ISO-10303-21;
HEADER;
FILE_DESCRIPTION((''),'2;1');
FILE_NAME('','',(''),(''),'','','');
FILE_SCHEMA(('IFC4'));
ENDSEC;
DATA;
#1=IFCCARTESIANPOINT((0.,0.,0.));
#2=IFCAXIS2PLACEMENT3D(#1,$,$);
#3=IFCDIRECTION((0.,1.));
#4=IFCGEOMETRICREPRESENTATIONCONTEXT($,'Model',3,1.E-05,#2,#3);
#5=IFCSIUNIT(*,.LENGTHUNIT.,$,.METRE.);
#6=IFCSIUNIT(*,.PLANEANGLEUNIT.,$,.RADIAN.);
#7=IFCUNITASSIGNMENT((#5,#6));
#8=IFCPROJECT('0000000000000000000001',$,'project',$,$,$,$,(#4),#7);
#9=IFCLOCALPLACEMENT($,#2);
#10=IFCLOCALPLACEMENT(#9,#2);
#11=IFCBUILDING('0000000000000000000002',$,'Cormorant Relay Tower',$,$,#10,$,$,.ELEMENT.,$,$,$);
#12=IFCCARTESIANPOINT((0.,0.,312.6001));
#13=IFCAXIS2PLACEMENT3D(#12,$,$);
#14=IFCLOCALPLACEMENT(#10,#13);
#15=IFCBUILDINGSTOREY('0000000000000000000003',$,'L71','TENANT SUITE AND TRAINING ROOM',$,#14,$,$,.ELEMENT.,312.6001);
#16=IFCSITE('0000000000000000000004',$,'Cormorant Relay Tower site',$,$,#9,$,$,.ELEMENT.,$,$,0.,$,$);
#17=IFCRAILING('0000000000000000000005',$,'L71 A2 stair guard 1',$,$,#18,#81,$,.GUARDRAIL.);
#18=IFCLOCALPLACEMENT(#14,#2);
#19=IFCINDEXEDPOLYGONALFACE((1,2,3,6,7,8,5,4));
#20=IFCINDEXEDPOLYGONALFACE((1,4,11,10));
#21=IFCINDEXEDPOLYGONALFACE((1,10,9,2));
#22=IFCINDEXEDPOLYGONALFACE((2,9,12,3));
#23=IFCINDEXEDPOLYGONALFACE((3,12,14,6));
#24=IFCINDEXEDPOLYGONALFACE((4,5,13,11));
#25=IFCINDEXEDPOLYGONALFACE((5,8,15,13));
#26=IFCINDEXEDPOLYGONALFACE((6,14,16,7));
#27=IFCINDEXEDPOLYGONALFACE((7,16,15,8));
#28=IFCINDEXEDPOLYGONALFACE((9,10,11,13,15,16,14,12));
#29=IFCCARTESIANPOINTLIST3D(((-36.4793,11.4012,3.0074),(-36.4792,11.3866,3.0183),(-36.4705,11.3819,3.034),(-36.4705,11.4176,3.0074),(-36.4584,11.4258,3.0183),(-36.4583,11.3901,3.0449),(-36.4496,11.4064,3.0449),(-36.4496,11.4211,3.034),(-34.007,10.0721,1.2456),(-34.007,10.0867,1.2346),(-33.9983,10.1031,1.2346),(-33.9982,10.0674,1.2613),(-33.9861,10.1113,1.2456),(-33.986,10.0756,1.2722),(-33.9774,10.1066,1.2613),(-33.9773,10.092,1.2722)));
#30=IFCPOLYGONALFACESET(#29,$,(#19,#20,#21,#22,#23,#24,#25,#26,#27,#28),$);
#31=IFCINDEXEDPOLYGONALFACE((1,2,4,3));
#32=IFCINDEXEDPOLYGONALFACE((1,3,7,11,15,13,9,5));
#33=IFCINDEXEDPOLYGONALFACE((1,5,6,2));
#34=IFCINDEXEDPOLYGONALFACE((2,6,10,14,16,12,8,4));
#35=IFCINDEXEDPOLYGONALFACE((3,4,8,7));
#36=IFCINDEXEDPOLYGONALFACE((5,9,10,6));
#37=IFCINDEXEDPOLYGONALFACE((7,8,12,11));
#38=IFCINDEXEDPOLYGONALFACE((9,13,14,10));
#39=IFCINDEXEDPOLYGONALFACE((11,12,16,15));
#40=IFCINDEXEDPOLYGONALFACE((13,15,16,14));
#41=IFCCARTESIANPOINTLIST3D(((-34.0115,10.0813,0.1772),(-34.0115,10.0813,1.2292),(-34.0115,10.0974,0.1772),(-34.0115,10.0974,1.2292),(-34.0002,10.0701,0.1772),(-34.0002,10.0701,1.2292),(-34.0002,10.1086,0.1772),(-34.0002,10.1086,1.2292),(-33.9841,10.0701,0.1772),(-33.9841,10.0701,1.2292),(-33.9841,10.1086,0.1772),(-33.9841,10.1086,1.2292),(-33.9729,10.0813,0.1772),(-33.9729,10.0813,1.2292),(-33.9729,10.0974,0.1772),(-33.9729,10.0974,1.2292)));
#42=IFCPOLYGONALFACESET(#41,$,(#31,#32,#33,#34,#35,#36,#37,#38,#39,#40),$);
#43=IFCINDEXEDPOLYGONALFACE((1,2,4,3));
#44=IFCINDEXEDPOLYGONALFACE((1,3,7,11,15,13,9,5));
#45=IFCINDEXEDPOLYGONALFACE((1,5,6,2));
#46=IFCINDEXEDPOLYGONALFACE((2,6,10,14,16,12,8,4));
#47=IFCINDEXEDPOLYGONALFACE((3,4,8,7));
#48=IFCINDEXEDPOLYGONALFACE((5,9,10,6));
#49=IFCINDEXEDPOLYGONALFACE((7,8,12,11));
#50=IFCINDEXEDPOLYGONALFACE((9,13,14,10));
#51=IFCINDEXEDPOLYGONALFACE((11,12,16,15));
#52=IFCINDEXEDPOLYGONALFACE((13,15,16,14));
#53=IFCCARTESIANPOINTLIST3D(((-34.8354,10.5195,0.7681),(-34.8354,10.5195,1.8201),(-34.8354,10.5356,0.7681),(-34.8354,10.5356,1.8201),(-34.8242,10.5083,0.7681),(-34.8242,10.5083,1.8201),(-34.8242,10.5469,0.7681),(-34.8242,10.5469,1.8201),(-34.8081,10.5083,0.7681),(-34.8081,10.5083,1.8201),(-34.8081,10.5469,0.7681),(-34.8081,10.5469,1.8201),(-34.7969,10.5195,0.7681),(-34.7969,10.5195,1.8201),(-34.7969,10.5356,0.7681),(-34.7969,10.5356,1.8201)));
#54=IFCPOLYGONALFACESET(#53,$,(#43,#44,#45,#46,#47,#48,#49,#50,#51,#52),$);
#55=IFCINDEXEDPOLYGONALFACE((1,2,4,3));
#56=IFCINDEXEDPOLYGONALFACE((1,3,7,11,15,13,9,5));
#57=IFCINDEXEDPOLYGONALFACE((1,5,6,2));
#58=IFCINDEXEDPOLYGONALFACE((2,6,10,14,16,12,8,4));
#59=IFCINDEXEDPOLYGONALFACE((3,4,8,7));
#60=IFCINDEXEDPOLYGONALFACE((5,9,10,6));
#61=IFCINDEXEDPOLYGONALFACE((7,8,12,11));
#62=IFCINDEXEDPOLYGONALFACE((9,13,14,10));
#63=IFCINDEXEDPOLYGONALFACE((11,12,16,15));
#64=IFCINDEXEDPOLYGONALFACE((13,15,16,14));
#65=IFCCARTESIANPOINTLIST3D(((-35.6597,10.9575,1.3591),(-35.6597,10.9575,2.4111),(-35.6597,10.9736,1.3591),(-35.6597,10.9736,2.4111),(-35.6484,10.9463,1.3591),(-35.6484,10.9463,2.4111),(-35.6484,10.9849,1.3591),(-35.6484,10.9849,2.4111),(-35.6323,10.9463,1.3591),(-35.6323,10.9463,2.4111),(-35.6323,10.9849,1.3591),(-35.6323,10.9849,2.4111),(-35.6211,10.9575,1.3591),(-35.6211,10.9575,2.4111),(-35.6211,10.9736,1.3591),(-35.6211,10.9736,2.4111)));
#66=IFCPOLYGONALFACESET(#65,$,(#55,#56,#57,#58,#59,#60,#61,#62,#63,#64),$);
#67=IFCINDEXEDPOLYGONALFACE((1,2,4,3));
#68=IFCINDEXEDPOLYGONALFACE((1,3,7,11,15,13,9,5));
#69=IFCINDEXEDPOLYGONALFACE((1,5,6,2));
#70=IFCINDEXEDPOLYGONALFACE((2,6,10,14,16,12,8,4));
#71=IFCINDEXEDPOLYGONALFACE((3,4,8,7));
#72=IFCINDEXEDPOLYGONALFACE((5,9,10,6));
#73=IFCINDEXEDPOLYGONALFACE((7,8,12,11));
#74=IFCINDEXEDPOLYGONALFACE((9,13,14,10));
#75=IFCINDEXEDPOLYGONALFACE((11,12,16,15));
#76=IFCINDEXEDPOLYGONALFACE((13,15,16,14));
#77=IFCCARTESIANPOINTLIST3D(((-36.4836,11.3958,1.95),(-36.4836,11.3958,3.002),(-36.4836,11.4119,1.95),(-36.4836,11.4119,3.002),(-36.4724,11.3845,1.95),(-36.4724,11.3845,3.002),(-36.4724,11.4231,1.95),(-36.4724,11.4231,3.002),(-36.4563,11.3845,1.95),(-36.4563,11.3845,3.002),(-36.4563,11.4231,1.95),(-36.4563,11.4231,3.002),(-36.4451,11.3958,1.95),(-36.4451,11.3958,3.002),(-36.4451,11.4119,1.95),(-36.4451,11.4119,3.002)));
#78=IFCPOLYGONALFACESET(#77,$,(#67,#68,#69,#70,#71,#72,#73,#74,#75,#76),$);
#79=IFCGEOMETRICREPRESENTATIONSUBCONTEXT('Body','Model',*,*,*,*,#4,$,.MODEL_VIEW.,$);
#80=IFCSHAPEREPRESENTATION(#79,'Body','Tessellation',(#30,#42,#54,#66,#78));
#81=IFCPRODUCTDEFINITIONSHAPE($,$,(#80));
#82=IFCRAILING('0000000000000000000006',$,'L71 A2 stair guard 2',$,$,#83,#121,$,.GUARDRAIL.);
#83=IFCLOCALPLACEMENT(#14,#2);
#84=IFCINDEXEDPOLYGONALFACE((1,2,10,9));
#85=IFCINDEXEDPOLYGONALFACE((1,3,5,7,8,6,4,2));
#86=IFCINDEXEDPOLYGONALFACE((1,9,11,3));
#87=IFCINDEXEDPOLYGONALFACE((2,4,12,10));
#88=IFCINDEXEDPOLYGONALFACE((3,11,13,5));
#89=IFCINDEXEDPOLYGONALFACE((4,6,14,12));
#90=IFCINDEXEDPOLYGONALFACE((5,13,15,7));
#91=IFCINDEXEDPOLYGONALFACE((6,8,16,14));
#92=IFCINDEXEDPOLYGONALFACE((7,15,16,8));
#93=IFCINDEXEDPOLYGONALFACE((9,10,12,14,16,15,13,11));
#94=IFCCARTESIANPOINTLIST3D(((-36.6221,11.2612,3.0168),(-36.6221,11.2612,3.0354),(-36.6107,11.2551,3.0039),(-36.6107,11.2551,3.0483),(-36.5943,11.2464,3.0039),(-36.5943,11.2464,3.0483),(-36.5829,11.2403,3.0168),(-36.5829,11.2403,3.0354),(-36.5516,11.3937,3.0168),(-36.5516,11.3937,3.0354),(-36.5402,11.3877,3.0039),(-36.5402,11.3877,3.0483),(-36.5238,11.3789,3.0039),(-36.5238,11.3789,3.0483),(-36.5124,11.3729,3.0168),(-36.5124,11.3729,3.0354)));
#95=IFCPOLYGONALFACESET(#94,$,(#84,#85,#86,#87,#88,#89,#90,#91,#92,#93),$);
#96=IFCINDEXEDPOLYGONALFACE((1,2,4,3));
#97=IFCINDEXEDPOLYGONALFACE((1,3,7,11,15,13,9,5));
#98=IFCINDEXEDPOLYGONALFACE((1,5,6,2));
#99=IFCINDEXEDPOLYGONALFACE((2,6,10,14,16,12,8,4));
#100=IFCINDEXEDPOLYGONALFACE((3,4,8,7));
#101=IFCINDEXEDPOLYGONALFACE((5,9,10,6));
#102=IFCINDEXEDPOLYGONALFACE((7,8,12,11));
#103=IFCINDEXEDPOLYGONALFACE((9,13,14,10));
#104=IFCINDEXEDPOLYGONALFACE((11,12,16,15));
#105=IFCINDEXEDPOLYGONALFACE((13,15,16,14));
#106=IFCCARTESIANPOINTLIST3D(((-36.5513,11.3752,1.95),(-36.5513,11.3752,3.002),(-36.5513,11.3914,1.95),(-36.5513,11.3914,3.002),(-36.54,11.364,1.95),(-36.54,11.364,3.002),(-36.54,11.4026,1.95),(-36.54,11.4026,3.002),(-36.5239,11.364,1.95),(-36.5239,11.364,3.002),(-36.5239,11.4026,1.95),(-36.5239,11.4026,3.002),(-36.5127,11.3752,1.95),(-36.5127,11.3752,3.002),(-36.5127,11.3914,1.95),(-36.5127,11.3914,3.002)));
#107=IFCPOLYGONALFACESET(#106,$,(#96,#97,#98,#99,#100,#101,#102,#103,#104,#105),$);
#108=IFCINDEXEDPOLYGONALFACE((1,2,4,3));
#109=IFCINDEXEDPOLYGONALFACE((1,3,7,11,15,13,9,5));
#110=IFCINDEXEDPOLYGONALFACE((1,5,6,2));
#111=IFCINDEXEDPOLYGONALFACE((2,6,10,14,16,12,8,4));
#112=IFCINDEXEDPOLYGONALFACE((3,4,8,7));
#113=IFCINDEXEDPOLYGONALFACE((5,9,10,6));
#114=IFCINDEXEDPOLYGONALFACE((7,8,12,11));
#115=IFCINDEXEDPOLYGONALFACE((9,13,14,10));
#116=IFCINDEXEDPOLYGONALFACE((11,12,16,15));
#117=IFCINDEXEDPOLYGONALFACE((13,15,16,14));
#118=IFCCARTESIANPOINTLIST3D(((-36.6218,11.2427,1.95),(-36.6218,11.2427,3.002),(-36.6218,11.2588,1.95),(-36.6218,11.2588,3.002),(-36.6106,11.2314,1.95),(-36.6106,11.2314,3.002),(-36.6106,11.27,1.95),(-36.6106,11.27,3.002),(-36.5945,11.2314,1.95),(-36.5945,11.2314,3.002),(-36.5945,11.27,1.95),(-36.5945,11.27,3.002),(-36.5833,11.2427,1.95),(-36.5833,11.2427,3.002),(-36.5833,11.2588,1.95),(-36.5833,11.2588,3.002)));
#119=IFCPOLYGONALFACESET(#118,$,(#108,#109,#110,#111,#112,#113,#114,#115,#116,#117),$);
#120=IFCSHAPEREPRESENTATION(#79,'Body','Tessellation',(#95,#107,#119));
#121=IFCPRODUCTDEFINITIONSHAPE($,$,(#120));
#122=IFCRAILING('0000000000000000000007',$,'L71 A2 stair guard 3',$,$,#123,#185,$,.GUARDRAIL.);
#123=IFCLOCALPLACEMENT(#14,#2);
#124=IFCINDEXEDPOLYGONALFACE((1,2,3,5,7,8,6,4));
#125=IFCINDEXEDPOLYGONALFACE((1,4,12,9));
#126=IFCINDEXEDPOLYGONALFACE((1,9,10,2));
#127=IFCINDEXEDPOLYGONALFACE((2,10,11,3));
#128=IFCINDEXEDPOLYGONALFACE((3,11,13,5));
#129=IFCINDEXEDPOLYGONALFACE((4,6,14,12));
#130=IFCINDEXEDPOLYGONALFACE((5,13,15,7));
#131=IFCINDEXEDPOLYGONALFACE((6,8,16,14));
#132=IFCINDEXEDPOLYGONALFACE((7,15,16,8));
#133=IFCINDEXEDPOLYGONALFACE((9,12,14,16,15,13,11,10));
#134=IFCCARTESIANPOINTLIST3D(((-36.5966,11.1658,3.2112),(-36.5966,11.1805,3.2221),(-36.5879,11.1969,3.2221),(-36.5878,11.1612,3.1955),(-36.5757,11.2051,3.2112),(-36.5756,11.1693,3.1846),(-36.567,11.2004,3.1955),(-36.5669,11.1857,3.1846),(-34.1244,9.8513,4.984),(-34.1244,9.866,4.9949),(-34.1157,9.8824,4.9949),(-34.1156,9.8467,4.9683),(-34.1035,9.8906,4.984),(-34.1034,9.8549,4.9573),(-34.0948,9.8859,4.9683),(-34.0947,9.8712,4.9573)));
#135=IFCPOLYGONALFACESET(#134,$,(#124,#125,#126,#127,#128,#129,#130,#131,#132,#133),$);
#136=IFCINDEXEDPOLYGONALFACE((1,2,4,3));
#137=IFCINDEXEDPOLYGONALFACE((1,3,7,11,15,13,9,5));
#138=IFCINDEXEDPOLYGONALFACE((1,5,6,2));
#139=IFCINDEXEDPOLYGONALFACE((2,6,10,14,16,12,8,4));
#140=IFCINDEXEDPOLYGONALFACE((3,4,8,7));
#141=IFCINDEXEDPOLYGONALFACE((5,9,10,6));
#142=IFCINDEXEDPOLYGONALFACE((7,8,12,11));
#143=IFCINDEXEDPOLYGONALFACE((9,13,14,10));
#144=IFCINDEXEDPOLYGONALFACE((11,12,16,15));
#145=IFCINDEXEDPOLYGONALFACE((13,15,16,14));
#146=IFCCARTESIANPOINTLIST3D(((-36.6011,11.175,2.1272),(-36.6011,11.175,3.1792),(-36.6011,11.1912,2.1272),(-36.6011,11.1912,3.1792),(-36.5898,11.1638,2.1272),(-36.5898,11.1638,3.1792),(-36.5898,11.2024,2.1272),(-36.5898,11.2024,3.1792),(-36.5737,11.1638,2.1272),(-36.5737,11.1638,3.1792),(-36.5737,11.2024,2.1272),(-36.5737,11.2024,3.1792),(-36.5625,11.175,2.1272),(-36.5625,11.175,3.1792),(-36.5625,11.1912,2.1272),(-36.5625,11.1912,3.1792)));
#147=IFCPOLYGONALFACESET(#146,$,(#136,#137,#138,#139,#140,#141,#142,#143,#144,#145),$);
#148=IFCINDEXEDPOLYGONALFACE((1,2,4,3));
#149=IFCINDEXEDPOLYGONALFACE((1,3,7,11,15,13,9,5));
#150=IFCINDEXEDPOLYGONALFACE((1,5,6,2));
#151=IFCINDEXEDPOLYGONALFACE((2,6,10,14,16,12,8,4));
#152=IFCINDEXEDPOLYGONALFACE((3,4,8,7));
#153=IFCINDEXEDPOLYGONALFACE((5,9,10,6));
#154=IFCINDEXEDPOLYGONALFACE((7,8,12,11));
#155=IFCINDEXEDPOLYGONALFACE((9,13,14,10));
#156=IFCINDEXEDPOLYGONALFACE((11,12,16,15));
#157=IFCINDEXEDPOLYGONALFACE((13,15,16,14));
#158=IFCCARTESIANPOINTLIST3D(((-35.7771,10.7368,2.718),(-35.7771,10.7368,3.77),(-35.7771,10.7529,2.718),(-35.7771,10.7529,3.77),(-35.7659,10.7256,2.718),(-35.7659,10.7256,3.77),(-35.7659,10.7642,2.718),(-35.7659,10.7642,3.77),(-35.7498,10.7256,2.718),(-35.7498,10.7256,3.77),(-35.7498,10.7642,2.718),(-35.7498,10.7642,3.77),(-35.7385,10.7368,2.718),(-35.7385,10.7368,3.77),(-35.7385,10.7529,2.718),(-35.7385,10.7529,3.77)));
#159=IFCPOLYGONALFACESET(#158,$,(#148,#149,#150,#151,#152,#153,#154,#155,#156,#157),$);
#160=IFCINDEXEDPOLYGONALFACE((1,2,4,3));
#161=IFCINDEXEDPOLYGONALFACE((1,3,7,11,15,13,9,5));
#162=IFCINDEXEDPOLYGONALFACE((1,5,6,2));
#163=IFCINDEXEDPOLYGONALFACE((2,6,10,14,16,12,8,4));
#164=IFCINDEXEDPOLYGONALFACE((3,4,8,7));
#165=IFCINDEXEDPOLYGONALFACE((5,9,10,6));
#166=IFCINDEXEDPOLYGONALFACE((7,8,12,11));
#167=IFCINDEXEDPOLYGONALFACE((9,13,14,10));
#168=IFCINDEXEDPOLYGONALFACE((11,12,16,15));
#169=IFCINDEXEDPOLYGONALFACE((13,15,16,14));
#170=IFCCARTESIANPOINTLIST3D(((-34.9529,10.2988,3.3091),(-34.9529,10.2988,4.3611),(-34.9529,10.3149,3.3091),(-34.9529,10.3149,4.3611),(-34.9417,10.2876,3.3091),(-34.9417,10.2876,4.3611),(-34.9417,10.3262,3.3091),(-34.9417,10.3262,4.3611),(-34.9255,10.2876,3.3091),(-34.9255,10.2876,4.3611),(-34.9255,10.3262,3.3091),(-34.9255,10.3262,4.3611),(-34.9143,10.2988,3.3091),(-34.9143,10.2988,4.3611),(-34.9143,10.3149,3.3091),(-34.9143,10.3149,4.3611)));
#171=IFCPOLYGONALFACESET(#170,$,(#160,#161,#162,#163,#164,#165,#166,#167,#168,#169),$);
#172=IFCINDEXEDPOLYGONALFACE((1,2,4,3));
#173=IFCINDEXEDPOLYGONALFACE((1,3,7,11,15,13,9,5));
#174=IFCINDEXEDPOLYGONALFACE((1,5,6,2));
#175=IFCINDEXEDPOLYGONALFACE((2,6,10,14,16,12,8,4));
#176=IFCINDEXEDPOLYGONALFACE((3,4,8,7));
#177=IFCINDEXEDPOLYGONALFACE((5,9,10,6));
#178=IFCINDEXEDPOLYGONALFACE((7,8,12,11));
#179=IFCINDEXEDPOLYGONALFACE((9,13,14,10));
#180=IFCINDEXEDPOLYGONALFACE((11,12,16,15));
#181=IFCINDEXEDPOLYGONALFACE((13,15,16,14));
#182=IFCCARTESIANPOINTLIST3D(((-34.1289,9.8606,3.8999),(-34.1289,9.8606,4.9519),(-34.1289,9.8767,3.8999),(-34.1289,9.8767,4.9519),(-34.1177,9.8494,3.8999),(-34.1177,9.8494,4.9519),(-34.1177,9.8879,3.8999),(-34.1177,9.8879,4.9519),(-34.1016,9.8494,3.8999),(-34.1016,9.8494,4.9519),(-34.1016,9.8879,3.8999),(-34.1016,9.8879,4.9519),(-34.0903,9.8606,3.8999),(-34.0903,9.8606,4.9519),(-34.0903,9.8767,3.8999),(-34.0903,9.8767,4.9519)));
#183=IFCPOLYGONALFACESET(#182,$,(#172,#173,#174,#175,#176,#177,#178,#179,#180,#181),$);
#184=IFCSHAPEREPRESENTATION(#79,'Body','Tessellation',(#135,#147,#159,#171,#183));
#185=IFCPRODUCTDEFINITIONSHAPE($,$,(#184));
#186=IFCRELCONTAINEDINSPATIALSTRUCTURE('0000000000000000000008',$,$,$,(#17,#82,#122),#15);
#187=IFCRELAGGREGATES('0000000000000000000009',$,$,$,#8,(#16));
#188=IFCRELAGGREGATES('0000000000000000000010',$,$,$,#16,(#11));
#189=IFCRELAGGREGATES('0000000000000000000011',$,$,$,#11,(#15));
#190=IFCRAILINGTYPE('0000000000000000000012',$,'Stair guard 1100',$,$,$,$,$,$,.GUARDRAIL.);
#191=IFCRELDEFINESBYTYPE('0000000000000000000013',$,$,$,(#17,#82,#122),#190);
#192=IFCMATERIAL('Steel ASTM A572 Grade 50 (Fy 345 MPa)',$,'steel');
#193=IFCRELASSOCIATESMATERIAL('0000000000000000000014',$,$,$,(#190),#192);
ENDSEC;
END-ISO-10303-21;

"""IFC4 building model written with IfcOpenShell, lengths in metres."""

from ifc_helpers import new_model, si_unit, direction, frame, origin, place, context, subcontext, project, spatial, polyline, outline, extrude, material, type_object, element, save


model = new_model("IFC4")

# Units and contexts
model_context = context("Model", 3, precision=1e-05, world=origin(), true_north=direction((0.0, 1.0)))
body_context = subcontext(model_context, "Body", "Model", "MODEL_VIEW")
ifc_project = project(units=[si_unit("LENGTHUNIT", "METRE"), si_unit("PLANEANGLEUNIT", "RADIAN")], contexts=[model_context])

# Site, building, storey
site_placement = place(None, origin())
site = spatial("IfcSite", under=ifc_project, at=site_placement, Name="Cormorant Relay Tower site", CompositionType="ELEMENT", RefElevation=0.0)
building_placement = place(site_placement, origin())
building = spatial("IfcBuilding", under=site, at=building_placement, Name="Cormorant Relay Tower", CompositionType="ELEMENT")
storey_placement = place(building_placement, frame((0.0, 0.0, 312.6001)))
storey = spatial("IfcBuildingStorey", under=building, at=storey_placement, Name="L71", Description="TENANT SUITE AND TRAINING ROOM", CompositionType="ELEMENT", Elevation=312.6001)

# Railings
ifc_material_1 = material(Name="Steel ASTM A572 Grade 50 (Fy 345 MPa)", Category="steel")
railing_type_1 = type_object("IfcRailingType", Name="Stair guard 1100", PredefinedType="GUARDRAIL", material=ifc_material_1)
railing_1_placement = place(storey_placement, frame((-33.9922, 10.0894, 0.1772)))
element("IfcRailing", 1, at=railing_1_placement, inside=storey, type_object=railing_type_1, Name="L71 A2 stair guard 1", PredefinedType="GUARDRAIL", context=body_context, shape_type="SweptSolid", body=[
    extrude(outline(polyline([(0.0222, 0.0093), (0.0093, 0.0222), (-0.0093, 0.0222), (-0.0222, 0.0093), (-0.0222, -0.0093), (-0.0093, -0.0222), (0.0093, -0.0222), (0.0222, -0.0093), (0.0222, 0.0093)])), frame((0.0, 0.0, 1.0762), z_axis=(-0.746001, 0.396649, 0.534931), x_axis=(-0.469465, -0.882951, 0.0)), (0.0, 0.0, 1.0), 3.314),
    extrude(outline(polyline([(0.0193, 0.0081), (0.0081, 0.0193), (-0.0081, 0.0193), (-0.0193, 0.0081), (-0.0193, -0.0081), (-0.0081, -0.0193), (0.0081, -0.0193), (0.0193, -0.0081), (0.0193, 0.0081)])), origin(), (0.0, 0.0, 1.0), 1.052),
    extrude(outline(polyline([(0.0193, 0.0081), (0.0081, 0.0193), (-0.0081, 0.0193), (-0.0193, 0.0081), (-0.0193, -0.0081), (-0.0081, -0.0193), (0.0081, -0.0193), (0.0193, -0.0081), (0.0193, 0.0081)])), frame((-0.824, 0.4382, 0.5908)), (0.0, 0.0, 1.0), 1.052),
    extrude(outline(polyline([(0.0193, 0.0081), (0.0081, 0.0193), (-0.0081, 0.0193), (-0.0193, 0.0081), (-0.0193, -0.0081), (-0.0081, -0.0193), (0.0081, -0.0193), (0.0193, -0.0081), (0.0193, 0.0081)])), frame((-1.6482, 0.8762, 1.1819)), (0.0, 0.0, 1.0), 1.052),
    extrude(outline(polyline([(0.0193, 0.0081), (0.0081, 0.0193), (-0.0081, 0.0193), (-0.0193, 0.0081), (-0.0193, -0.0081), (-0.0081, -0.0193), (0.0081, -0.0193), (0.0193, -0.0081), (0.0193, 0.0081)])), frame((-2.4722, 1.3145, 1.7727)), (0.0, 0.0, 1.0), 1.052),
])
railing_2_placement = place(storey_placement, frame((-36.532, 11.3833, 1.95)))
element("IfcRailing", 2, at=railing_2_placement, inside=storey, type_object=railing_type_1, Name="L71 A2 stair guard 2", PredefinedType="GUARDRAIL", context=body_context, shape_type="SweptSolid", body=[
    extrude(outline(polyline([(0.0222, 0.0093), (0.0093, 0.0222), (-0.0093, 0.0222), (-0.0222, 0.0093), (-0.0222, -0.0093), (-0.0093, -0.0222), (0.0093, -0.0222), (0.0222, -0.0093), (0.0222, 0.0093)])), frame((0.0, 0.0, 1.0762), z_axis=(-0.469829, -0.882758, 0.0), x_axis=(0.882758, -0.469829, 0.0)), (0.0, 0.0, 1.0), 0.1501),
    extrude(outline(polyline([(0.0193, 0.0081), (0.0081, 0.0193), (-0.0081, 0.0193), (-0.0193, 0.0081), (-0.0193, -0.0081), (-0.0081, -0.0193), (0.0081, -0.0193), (0.0193, -0.0081), (0.0193, 0.0081)])), origin(), (0.0, 0.0, 1.0), 1.052),
    extrude(outline(polyline([(0.0193, 0.0081), (0.0081, 0.0193), (-0.0081, 0.0193), (-0.0193, 0.0081), (-0.0193, -0.0081), (-0.0081, -0.0193), (0.0081, -0.0193), (0.0193, -0.0081), (0.0193, 0.0081)])), frame((-0.0706, -0.1326, 0.0)), (0.0, 0.0, 1.0), 1.052),
])
railing_3_placement = place(storey_placement, frame((-36.5818, 11.1831, 2.1272)))
element("IfcRailing", 3, at=railing_3_placement, inside=storey, type_object=railing_type_1, Name="L71 A2 stair guard 3", PredefinedType="GUARDRAIL", context=body_context, shape_type="SweptSolid", body=[
    extrude(outline(polyline([(0.0222, 0.0093), (0.0093, 0.0222), (-0.0093, 0.0222), (-0.0222, 0.0093), (-0.0222, -0.0093), (-0.0093, -0.0222), (0.0093, -0.0222), (0.0222, -0.0093), (0.0222, 0.0093)])), frame((0.0, 0.0, 1.0762), z_axis=(0.746001, -0.396649, 0.534931), x_axis=(0.469465, 0.882951, 0.0)), (0.0, 0.0, 1.0), 3.314),
    extrude(outline(polyline([(0.0193, 0.0081), (0.0081, 0.0193), (-0.0081, 0.0193), (-0.0193, 0.0081), (-0.0193, -0.0081), (-0.0081, -0.0193), (0.0081, -0.0193), (0.0193, -0.0081), (0.0193, 0.0081)])), origin(), (0.0, 0.0, 1.0), 1.052),
    extrude(outline(polyline([(0.0193, 0.0081), (0.0081, 0.0193), (-0.0081, 0.0193), (-0.0193, 0.0081), (-0.0193, -0.0081), (-0.0081, -0.0193), (0.0081, -0.0193), (0.0193, -0.0081), (0.0193, 0.0081)])), frame((0.824, -0.4382, 0.5908)), (0.0, 0.0, 1.0), 1.052),
    extrude(outline(polyline([(0.0193, 0.0081), (0.0081, 0.0193), (-0.0081, 0.0193), (-0.0193, 0.0081), (-0.0193, -0.0081), (-0.0081, -0.0193), (0.0081, -0.0193), (0.0193, -0.0081), (0.0193, 0.0081)])), frame((1.6482, -0.8762, 1.1819)), (0.0, 0.0, 1.0), 1.052),
    extrude(outline(polyline([(0.0193, 0.0081), (0.0081, 0.0193), (-0.0081, 0.0193), (-0.0193, 0.0081), (-0.0193, -0.0081), (-0.0081, -0.0193), (0.0081, -0.0193), (0.0193, -0.0081), (0.0193, 0.0081)])), frame((2.4722, -1.3145, 1.7727)), (0.0, 0.0, 1.0), 1.052),
])

save(model, "model.ifc")
